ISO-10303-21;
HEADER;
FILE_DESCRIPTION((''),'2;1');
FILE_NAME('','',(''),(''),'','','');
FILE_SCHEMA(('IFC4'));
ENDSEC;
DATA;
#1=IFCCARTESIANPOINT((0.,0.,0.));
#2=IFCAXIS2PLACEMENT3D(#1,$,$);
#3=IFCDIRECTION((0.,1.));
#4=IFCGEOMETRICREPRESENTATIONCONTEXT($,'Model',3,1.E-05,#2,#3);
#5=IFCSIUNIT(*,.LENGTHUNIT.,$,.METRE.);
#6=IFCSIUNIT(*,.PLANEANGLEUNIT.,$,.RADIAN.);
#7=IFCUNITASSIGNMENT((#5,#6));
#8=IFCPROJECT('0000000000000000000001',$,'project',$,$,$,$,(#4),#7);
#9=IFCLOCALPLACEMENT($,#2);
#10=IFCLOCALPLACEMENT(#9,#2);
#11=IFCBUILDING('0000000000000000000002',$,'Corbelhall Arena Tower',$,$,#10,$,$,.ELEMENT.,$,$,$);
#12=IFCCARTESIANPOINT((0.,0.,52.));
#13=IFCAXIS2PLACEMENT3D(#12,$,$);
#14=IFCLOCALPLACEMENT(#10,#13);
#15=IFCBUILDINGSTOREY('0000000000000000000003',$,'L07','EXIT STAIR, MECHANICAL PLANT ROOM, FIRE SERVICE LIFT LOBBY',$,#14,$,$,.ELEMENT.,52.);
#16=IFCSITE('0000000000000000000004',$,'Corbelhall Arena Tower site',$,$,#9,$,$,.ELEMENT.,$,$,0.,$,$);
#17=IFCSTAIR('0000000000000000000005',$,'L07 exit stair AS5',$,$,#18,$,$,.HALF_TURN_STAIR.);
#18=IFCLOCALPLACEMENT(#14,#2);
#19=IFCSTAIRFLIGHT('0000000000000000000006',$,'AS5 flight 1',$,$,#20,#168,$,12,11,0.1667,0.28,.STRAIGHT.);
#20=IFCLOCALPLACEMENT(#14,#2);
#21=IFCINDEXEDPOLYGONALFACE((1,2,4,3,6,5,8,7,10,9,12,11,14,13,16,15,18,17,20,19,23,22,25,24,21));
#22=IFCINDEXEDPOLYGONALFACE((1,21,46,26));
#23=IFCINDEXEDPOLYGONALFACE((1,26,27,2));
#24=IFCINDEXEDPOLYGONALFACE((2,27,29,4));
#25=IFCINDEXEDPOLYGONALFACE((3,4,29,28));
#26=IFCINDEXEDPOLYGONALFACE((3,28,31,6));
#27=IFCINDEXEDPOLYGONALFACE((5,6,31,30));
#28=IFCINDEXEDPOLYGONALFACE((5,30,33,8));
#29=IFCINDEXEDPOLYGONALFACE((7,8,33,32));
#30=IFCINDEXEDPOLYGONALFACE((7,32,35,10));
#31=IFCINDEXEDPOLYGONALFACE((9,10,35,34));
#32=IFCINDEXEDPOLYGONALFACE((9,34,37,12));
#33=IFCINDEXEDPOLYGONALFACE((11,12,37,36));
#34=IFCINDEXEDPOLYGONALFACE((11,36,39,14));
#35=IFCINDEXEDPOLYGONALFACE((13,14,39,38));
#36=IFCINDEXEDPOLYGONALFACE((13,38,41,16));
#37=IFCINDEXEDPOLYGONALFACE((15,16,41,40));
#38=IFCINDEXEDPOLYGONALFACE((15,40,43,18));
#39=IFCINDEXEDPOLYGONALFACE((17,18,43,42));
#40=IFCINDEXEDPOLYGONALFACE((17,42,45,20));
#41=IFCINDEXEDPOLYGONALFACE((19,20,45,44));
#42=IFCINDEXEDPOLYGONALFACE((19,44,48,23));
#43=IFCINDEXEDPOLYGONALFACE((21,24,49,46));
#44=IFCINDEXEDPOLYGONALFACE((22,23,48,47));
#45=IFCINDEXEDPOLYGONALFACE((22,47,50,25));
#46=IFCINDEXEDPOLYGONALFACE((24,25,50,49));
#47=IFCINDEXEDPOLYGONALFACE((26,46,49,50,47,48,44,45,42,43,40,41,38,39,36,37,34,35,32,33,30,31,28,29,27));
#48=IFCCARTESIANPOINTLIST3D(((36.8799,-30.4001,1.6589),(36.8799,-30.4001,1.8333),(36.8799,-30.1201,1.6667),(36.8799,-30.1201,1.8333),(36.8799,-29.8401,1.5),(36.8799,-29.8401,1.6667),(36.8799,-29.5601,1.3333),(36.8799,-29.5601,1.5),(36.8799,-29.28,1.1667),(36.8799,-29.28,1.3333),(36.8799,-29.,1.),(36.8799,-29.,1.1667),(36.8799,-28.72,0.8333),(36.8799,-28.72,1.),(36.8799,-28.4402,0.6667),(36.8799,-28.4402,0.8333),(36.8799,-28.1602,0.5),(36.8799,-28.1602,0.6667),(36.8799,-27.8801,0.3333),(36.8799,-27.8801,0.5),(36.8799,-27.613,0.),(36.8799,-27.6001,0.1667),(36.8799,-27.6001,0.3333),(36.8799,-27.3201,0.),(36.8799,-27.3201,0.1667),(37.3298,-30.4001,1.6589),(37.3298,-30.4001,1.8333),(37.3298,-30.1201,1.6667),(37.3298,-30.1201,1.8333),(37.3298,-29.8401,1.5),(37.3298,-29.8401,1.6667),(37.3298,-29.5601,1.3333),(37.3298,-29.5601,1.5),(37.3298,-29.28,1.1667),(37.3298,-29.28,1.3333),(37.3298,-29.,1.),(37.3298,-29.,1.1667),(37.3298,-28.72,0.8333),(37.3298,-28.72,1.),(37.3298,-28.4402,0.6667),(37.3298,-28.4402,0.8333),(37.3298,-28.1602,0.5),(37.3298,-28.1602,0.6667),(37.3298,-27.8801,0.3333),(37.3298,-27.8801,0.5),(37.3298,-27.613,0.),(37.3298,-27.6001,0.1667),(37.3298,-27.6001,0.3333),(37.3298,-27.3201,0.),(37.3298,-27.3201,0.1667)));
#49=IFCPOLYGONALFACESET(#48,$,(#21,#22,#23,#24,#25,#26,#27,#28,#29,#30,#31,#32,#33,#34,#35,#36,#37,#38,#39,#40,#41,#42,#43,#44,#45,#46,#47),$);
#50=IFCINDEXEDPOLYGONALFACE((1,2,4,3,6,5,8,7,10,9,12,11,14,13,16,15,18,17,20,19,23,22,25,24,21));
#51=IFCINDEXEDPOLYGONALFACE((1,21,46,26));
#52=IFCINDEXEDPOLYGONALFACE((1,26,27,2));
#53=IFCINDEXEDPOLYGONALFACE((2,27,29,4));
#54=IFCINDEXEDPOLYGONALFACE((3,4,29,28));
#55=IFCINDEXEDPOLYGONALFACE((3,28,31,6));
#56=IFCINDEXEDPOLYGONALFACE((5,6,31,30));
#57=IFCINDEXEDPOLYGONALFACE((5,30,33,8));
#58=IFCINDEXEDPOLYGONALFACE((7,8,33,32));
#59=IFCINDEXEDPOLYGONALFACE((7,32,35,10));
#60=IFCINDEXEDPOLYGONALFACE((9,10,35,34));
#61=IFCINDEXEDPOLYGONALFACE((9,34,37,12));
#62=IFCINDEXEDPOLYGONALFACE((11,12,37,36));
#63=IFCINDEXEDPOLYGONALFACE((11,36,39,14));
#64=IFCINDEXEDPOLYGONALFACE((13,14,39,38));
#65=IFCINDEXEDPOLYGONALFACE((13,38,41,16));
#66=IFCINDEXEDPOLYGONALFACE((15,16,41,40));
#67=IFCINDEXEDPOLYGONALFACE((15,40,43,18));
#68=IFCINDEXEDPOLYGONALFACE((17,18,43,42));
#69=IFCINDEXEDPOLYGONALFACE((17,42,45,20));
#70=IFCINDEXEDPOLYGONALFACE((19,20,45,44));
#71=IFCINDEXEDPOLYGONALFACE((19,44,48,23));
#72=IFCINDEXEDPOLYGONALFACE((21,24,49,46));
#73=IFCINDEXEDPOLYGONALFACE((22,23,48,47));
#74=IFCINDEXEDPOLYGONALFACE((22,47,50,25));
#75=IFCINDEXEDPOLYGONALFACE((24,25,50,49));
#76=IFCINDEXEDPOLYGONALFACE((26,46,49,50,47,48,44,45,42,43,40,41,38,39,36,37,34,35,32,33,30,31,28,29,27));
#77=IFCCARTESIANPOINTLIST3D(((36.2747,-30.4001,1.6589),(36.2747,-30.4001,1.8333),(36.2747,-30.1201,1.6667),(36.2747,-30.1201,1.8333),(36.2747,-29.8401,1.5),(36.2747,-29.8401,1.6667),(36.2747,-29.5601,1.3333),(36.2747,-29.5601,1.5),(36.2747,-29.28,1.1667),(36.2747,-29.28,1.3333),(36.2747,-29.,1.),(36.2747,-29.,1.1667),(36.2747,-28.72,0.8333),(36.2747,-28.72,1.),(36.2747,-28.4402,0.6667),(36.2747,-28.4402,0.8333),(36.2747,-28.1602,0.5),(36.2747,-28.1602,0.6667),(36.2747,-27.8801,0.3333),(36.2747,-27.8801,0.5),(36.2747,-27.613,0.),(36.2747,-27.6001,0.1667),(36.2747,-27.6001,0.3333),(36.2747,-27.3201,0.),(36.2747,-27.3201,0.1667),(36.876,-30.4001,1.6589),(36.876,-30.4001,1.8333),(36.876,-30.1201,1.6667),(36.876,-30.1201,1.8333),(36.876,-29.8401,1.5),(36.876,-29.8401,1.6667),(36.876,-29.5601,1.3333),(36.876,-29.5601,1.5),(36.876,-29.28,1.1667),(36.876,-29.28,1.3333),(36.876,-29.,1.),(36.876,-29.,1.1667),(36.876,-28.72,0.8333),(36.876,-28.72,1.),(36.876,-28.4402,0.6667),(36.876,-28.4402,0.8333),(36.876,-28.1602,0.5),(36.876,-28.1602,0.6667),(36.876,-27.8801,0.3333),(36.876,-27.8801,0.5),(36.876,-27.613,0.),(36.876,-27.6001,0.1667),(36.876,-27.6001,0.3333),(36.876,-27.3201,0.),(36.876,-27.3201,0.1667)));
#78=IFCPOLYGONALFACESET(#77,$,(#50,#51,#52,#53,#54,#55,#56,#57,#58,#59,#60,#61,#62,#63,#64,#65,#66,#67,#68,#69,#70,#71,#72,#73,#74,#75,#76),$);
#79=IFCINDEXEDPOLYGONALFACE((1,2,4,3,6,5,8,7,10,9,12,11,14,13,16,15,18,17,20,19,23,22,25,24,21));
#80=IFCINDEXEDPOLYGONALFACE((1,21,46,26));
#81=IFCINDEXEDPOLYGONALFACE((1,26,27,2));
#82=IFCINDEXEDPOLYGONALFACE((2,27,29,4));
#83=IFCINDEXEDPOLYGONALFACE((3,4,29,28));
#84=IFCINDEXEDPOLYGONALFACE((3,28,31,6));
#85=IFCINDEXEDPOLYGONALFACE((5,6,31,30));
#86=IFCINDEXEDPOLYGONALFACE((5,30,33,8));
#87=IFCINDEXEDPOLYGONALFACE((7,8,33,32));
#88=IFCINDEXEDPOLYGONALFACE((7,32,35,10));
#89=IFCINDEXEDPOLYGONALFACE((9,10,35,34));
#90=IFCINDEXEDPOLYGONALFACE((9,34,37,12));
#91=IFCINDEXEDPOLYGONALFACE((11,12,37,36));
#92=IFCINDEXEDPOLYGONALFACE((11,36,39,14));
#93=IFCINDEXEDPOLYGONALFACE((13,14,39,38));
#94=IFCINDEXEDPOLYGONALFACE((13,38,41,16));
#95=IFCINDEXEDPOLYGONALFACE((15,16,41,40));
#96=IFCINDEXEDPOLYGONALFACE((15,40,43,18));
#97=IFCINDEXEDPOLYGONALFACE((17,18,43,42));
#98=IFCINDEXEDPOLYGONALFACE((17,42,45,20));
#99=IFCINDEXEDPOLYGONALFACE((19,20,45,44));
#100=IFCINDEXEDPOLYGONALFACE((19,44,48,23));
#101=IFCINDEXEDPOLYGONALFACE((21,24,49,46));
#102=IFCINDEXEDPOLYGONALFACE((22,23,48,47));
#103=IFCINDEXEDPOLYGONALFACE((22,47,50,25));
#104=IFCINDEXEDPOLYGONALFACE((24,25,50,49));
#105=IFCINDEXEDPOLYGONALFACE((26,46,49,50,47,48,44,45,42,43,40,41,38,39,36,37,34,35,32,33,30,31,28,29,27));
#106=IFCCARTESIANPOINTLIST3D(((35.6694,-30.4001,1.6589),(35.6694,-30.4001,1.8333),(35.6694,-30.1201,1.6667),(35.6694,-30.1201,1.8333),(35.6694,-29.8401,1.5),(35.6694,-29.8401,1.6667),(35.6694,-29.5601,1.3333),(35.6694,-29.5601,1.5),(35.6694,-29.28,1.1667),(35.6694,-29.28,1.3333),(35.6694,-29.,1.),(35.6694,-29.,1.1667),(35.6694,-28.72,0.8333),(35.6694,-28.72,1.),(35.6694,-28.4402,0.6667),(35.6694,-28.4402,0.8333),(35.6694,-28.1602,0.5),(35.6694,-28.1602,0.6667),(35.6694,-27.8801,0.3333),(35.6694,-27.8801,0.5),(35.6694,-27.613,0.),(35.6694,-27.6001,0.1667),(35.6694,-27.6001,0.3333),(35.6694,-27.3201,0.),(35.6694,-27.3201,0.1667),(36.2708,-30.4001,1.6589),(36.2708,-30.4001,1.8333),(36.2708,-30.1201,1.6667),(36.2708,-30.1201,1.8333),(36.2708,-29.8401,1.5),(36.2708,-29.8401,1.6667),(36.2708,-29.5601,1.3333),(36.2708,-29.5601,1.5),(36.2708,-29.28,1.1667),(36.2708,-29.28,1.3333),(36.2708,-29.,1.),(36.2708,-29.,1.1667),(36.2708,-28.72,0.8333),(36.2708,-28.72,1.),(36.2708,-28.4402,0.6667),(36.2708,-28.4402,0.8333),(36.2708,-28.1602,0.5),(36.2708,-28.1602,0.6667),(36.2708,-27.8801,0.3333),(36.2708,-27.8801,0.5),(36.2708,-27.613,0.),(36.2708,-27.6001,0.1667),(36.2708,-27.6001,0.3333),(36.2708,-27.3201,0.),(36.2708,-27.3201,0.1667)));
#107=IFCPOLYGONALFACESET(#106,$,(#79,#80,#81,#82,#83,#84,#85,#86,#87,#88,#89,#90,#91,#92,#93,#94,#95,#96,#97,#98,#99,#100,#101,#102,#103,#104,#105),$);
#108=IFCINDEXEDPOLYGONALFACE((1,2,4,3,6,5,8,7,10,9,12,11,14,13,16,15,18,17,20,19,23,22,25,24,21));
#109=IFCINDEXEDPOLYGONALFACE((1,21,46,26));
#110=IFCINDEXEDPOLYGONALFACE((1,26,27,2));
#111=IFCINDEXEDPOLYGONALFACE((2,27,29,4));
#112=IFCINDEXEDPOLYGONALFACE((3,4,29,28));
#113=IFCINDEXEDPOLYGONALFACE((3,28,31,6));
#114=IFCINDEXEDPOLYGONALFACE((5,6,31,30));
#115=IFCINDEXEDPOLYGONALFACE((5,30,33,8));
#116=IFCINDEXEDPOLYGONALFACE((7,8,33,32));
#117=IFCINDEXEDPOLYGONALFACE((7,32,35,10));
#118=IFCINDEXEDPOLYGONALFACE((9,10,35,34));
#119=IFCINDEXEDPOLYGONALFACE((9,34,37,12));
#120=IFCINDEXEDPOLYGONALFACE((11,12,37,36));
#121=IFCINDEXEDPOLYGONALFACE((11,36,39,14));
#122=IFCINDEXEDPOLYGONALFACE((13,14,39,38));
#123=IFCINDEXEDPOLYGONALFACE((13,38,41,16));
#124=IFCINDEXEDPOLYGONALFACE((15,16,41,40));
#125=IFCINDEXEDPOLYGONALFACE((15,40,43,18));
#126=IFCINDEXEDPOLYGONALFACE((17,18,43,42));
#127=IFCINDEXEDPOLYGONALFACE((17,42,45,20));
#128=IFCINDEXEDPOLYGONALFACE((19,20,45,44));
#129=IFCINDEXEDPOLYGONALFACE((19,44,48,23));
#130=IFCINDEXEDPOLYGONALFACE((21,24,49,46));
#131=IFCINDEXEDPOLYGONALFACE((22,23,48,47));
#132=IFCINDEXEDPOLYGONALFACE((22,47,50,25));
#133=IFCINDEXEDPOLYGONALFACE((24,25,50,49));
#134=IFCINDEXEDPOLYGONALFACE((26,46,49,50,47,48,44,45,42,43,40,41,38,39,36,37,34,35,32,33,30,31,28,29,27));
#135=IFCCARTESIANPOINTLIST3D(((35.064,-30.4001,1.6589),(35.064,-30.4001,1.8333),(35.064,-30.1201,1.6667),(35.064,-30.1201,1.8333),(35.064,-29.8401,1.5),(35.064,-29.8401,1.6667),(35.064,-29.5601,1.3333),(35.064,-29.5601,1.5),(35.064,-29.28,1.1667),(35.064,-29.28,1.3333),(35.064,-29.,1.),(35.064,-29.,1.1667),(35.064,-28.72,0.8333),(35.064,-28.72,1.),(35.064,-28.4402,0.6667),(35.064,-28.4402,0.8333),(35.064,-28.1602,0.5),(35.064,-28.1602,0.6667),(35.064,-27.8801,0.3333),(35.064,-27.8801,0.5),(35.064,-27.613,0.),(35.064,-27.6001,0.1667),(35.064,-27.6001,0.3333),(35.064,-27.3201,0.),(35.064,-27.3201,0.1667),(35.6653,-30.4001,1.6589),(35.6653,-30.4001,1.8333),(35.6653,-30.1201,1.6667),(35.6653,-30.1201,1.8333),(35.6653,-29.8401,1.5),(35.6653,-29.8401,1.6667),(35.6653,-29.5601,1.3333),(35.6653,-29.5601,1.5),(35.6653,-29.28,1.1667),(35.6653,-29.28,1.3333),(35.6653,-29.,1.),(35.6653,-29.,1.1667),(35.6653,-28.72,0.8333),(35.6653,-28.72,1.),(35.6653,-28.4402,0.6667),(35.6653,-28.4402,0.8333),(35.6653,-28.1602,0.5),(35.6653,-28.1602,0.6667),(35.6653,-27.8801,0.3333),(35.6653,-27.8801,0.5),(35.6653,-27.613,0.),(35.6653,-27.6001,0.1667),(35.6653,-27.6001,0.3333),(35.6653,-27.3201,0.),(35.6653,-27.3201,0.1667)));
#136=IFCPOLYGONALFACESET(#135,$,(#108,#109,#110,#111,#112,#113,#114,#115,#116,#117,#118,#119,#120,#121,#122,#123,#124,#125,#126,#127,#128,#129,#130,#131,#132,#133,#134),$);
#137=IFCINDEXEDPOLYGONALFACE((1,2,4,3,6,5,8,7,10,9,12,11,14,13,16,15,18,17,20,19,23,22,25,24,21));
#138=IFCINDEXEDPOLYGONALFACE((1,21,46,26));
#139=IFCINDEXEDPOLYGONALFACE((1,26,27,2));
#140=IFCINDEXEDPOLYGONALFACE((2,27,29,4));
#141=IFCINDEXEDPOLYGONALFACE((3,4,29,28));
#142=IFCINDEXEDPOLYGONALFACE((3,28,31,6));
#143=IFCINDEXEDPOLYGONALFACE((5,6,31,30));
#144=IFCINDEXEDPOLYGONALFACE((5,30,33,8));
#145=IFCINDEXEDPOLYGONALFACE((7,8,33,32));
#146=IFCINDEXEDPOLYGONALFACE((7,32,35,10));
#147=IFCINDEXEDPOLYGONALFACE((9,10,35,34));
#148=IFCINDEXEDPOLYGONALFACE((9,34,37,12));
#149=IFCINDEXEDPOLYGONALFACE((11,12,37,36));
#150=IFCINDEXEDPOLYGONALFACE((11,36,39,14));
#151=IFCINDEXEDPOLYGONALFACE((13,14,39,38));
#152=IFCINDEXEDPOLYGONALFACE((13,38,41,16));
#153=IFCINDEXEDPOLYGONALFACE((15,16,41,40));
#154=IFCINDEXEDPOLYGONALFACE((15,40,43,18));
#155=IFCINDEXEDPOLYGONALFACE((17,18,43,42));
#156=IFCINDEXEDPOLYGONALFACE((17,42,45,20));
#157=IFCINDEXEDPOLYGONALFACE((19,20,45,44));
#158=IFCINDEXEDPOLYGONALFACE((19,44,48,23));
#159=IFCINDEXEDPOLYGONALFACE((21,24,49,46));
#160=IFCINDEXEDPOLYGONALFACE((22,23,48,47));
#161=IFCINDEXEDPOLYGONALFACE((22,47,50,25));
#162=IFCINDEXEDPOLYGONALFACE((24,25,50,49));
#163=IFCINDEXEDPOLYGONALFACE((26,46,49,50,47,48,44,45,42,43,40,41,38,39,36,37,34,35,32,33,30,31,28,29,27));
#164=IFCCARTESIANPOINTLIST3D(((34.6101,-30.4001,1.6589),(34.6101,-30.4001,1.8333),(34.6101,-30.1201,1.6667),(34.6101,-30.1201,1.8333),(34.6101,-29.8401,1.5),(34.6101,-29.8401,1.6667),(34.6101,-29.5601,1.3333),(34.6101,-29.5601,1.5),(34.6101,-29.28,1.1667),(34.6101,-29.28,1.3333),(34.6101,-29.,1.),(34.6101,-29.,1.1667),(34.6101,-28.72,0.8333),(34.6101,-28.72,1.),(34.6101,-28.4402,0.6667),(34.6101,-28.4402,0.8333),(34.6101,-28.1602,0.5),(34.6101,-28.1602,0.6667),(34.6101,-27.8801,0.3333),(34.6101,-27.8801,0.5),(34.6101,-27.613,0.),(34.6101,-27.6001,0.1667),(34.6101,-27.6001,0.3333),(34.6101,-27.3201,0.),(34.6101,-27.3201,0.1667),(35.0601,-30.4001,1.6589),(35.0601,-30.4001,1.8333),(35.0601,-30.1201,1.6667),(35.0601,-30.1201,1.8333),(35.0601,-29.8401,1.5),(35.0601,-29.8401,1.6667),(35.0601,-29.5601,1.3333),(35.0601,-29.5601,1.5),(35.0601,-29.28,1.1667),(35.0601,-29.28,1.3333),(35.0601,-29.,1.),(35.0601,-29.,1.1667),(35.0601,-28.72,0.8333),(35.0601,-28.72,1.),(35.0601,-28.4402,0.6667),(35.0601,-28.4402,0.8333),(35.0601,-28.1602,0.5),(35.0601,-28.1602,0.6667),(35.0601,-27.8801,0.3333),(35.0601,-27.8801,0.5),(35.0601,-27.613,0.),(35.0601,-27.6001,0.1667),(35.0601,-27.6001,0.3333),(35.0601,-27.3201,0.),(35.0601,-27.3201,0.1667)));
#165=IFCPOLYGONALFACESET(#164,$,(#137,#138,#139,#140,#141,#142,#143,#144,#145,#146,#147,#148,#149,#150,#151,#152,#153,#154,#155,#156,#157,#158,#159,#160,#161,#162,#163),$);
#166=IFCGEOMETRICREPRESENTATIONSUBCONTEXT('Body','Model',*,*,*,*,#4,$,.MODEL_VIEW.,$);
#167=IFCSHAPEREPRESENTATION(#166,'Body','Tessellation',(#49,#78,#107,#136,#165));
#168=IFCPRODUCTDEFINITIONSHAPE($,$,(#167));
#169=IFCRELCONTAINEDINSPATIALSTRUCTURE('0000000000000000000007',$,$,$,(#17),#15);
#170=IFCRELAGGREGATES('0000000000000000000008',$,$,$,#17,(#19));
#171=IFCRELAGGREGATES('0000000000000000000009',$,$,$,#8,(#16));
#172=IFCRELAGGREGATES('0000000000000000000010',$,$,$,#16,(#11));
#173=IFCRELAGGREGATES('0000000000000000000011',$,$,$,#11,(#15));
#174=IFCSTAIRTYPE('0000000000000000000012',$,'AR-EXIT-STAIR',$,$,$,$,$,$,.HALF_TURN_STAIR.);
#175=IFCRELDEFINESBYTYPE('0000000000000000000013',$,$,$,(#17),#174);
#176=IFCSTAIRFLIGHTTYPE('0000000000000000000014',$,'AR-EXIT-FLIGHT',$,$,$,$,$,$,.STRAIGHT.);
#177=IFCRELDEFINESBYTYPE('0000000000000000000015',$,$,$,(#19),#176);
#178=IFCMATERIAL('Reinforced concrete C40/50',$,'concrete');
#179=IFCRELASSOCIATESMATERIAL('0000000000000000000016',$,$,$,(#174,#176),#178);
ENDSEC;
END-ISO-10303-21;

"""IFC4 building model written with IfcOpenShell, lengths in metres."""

from ifc_helpers import new_model, si_unit, direction, frame, origin, place, context, subcontext, project, spatial, polyline, outline, extrude, material, type_object, element, aggregate, save


model = new_model("IFC4")

# Units and contexts
model_context = context("Model", 3, precision=1e-05, world=origin(), true_north=direction((0.0, 1.0)))
body_context = subcontext(model_context, "Body", "Model", "MODEL_VIEW")
ifc_project = project(units=[si_unit("LENGTHUNIT", "METRE"), si_unit("PLANEANGLEUNIT", "RADIAN")], contexts=[model_context])

# Site, building, storey
site_placement = place(None, origin())
site = spatial("IfcSite", under=ifc_project, at=site_placement, Name="Corbelhall Arena Tower site", CompositionType="ELEMENT", RefElevation=0.0)
building_placement = place(site_placement, origin())
building = spatial("IfcBuilding", under=site, at=building_placement, Name="Corbelhall Arena Tower", CompositionType="ELEMENT")
storey_placement = place(building_placement, frame((0.0, 0.0, 52.0)))
storey = spatial("IfcBuildingStorey", under=building, at=storey_placement, Name="L07", Description="EXIT STAIR, MECHANICAL PLANT ROOM, FIRE SERVICE LIFT LOBBY", CompositionType="ELEMENT", Elevation=52.0)

# Stair, stair flight
ifc_material_1 = material(Name="Reinforced concrete C40/50", Category="concrete")
stair_type = type_object("IfcStairType", Name="AR-EXIT-STAIR", PredefinedType="HALF_TURN_STAIR", material=ifc_material_1)
stair_1_placement = place(storey_placement, origin())
stair_1 = element("IfcStair", 1, at=stair_1_placement, inside=storey, type_object=stair_type, Name="L07 exit stair AS5", PredefinedType="HALF_TURN_STAIR")
stair_flight_type = type_object("IfcStairFlightType", Name="AR-EXIT-FLIGHT", PredefinedType="STRAIGHT", material=ifc_material_1)
stair_flight_1_placement = place(storey_placement, frame((35.97, -27.3201, 0.0), z_axis=(0.0, 0.0, 1.0), x_axis=(0.0, -1.0, 0.0)))
stair_flight_1 = element("IfcStairFlight", 2, at=stair_flight_1_placement, type_object=stair_flight_type, Name="AS5 flight 1", NumberOfRisers=12, NumberOfTreads=11, PredefinedType="STRAIGHT", RiserHeight=0.1667, TreadLength=0.28, context=body_context, shape_type="SweptSolid", body=[
    extrude(outline(polyline([(0.0, 0.0), (0.0, 0.1667), (0.28, 0.1667), (0.28, 0.3333), (0.5601, 0.3333), (0.5601, 0.5), (0.8401, 0.5), (0.8401, 0.6667), (1.1201, 0.6667), (1.1201, 0.8333), (1.3999, 0.8333), (1.3999, 1.0), (1.6799, 1.0), (1.6799, 1.1667), (1.96, 1.1667), (1.96, 1.3333), (2.24, 1.3333), (2.24, 1.5), (2.52, 1.5), (2.52, 1.6667), (2.8, 1.6667), (2.8, 1.8333), (3.0801, 1.8333), (3.0801, 2.0), (3.0801, 1.6589), (0.293, 0.0), (0.0, 0.0)])), frame((0.0, 1.3599, 0.0), z_axis=(0.0, -1.0, 0.0), x_axis=(1.0, 0.0, 0.0)), (0.0, 0.0, 1.0), 0.45),
    extrude(outline(polyline([(0.0, 0.0), (0.0, 0.1667), (0.28, 0.1667), (0.28, 0.3333), (0.5601, 0.3333), (0.5601, 0.5), (0.8401, 0.5), (0.8401, 0.6667), (1.1201, 0.6667), (1.1201, 0.8333), (1.3999, 0.8333), (1.3999, 1.0), (1.6799, 1.0), (1.6799, 1.1667), (1.96, 1.1667), (1.96, 1.3333), (2.24, 1.3333), (2.24, 1.5), (2.52, 1.5), (2.52, 1.6667), (2.8, 1.6667), (2.8, 1.8333), (3.0801, 1.8333), (3.0801, 2.0), (3.0801, 1.6589), (0.293, 0.0), (0.0, 0.0)])), frame((0.0, 0.906, 0.0), z_axis=(0.0, -1.0, 0.0), x_axis=(1.0, 0.0, 0.0)), (0.0, 0.0, 1.0), 0.6013),
    extrude(outline(polyline([(0.0, 0.0), (0.0, 0.1667), (0.28, 0.1667), (0.28, 0.3333), (0.5601, 0.3333), (0.5601, 0.5), (0.8401, 0.5), (0.8401, 0.6667), (1.1201, 0.6667), (1.1201, 0.8333), (1.3999, 0.8333), (1.3999, 1.0), (1.6799, 1.0), (1.6799, 1.1667), (1.96, 1.1667), (1.96, 1.3333), (2.24, 1.3333), (2.24, 1.5), (2.52, 1.5), (2.52, 1.6667), (2.8, 1.6667), (2.8, 1.8333), (3.0801, 1.8333), (3.0801, 2.0), (3.0801, 1.6589), (0.293, 0.0), (0.0, 0.0)])), frame((0.0, 0.3008, 0.0), z_axis=(0.0, -1.0, 0.0), x_axis=(1.0, 0.0, 0.0)), (0.0, 0.0, 1.0), 0.6013),
    extrude(outline(polyline([(0.0, 0.0), (0.0, 0.1667), (0.28, 0.1667), (0.28, 0.3333), (0.5601, 0.3333), (0.5601, 0.5), (0.8401, 0.5), (0.8401, 0.6667), (1.1201, 0.6667), (1.1201, 0.8333), (1.3999, 0.8333), (1.3999, 1.0), (1.6799, 1.0), (1.6799, 1.1667), (1.96, 1.1667), (1.96, 1.3333), (2.24, 1.3333), (2.24, 1.5), (2.52, 1.5), (2.52, 1.6667), (2.8, 1.6667), (2.8, 1.8333), (3.0801, 1.8333), (3.0801, 2.0), (3.0801, 1.6589), (0.293, 0.0), (0.0, 0.0)])), frame((0.0, -0.3047, 0.0), z_axis=(0.0, -1.0, 0.0), x_axis=(1.0, 0.0, 0.0)), (0.0, 0.0, 1.0), 0.6013),
    extrude(outline(polyline([(0.0, 0.0), (0.0, 0.1667), (0.28, 0.1667), (0.28, 0.3333), (0.5601, 0.3333), (0.5601, 0.5), (0.8401, 0.5), (0.8401, 0.6667), (1.1201, 0.6667), (1.1201, 0.8333), (1.3999, 0.8333), (1.3999, 1.0), (1.6799, 1.0), (1.6799, 1.1667), (1.96, 1.1667), (1.96, 1.3333), (2.24, 1.3333), (2.24, 1.5), (2.52, 1.5), (2.52, 1.6667), (2.8, 1.6667), (2.8, 1.8333), (3.0801, 1.8333), (3.0801, 2.0), (3.0801, 1.6589), (0.293, 0.0), (0.0, 0.0)])), frame((0.0, -0.9099, 0.0), z_axis=(0.0, -1.0, 0.0), x_axis=(1.0, 0.0, 0.0)), (0.0, 0.0, 1.0), 0.45),
])
aggregate(stair_1, [stair_flight_1])

save(model, "model.ifc")
